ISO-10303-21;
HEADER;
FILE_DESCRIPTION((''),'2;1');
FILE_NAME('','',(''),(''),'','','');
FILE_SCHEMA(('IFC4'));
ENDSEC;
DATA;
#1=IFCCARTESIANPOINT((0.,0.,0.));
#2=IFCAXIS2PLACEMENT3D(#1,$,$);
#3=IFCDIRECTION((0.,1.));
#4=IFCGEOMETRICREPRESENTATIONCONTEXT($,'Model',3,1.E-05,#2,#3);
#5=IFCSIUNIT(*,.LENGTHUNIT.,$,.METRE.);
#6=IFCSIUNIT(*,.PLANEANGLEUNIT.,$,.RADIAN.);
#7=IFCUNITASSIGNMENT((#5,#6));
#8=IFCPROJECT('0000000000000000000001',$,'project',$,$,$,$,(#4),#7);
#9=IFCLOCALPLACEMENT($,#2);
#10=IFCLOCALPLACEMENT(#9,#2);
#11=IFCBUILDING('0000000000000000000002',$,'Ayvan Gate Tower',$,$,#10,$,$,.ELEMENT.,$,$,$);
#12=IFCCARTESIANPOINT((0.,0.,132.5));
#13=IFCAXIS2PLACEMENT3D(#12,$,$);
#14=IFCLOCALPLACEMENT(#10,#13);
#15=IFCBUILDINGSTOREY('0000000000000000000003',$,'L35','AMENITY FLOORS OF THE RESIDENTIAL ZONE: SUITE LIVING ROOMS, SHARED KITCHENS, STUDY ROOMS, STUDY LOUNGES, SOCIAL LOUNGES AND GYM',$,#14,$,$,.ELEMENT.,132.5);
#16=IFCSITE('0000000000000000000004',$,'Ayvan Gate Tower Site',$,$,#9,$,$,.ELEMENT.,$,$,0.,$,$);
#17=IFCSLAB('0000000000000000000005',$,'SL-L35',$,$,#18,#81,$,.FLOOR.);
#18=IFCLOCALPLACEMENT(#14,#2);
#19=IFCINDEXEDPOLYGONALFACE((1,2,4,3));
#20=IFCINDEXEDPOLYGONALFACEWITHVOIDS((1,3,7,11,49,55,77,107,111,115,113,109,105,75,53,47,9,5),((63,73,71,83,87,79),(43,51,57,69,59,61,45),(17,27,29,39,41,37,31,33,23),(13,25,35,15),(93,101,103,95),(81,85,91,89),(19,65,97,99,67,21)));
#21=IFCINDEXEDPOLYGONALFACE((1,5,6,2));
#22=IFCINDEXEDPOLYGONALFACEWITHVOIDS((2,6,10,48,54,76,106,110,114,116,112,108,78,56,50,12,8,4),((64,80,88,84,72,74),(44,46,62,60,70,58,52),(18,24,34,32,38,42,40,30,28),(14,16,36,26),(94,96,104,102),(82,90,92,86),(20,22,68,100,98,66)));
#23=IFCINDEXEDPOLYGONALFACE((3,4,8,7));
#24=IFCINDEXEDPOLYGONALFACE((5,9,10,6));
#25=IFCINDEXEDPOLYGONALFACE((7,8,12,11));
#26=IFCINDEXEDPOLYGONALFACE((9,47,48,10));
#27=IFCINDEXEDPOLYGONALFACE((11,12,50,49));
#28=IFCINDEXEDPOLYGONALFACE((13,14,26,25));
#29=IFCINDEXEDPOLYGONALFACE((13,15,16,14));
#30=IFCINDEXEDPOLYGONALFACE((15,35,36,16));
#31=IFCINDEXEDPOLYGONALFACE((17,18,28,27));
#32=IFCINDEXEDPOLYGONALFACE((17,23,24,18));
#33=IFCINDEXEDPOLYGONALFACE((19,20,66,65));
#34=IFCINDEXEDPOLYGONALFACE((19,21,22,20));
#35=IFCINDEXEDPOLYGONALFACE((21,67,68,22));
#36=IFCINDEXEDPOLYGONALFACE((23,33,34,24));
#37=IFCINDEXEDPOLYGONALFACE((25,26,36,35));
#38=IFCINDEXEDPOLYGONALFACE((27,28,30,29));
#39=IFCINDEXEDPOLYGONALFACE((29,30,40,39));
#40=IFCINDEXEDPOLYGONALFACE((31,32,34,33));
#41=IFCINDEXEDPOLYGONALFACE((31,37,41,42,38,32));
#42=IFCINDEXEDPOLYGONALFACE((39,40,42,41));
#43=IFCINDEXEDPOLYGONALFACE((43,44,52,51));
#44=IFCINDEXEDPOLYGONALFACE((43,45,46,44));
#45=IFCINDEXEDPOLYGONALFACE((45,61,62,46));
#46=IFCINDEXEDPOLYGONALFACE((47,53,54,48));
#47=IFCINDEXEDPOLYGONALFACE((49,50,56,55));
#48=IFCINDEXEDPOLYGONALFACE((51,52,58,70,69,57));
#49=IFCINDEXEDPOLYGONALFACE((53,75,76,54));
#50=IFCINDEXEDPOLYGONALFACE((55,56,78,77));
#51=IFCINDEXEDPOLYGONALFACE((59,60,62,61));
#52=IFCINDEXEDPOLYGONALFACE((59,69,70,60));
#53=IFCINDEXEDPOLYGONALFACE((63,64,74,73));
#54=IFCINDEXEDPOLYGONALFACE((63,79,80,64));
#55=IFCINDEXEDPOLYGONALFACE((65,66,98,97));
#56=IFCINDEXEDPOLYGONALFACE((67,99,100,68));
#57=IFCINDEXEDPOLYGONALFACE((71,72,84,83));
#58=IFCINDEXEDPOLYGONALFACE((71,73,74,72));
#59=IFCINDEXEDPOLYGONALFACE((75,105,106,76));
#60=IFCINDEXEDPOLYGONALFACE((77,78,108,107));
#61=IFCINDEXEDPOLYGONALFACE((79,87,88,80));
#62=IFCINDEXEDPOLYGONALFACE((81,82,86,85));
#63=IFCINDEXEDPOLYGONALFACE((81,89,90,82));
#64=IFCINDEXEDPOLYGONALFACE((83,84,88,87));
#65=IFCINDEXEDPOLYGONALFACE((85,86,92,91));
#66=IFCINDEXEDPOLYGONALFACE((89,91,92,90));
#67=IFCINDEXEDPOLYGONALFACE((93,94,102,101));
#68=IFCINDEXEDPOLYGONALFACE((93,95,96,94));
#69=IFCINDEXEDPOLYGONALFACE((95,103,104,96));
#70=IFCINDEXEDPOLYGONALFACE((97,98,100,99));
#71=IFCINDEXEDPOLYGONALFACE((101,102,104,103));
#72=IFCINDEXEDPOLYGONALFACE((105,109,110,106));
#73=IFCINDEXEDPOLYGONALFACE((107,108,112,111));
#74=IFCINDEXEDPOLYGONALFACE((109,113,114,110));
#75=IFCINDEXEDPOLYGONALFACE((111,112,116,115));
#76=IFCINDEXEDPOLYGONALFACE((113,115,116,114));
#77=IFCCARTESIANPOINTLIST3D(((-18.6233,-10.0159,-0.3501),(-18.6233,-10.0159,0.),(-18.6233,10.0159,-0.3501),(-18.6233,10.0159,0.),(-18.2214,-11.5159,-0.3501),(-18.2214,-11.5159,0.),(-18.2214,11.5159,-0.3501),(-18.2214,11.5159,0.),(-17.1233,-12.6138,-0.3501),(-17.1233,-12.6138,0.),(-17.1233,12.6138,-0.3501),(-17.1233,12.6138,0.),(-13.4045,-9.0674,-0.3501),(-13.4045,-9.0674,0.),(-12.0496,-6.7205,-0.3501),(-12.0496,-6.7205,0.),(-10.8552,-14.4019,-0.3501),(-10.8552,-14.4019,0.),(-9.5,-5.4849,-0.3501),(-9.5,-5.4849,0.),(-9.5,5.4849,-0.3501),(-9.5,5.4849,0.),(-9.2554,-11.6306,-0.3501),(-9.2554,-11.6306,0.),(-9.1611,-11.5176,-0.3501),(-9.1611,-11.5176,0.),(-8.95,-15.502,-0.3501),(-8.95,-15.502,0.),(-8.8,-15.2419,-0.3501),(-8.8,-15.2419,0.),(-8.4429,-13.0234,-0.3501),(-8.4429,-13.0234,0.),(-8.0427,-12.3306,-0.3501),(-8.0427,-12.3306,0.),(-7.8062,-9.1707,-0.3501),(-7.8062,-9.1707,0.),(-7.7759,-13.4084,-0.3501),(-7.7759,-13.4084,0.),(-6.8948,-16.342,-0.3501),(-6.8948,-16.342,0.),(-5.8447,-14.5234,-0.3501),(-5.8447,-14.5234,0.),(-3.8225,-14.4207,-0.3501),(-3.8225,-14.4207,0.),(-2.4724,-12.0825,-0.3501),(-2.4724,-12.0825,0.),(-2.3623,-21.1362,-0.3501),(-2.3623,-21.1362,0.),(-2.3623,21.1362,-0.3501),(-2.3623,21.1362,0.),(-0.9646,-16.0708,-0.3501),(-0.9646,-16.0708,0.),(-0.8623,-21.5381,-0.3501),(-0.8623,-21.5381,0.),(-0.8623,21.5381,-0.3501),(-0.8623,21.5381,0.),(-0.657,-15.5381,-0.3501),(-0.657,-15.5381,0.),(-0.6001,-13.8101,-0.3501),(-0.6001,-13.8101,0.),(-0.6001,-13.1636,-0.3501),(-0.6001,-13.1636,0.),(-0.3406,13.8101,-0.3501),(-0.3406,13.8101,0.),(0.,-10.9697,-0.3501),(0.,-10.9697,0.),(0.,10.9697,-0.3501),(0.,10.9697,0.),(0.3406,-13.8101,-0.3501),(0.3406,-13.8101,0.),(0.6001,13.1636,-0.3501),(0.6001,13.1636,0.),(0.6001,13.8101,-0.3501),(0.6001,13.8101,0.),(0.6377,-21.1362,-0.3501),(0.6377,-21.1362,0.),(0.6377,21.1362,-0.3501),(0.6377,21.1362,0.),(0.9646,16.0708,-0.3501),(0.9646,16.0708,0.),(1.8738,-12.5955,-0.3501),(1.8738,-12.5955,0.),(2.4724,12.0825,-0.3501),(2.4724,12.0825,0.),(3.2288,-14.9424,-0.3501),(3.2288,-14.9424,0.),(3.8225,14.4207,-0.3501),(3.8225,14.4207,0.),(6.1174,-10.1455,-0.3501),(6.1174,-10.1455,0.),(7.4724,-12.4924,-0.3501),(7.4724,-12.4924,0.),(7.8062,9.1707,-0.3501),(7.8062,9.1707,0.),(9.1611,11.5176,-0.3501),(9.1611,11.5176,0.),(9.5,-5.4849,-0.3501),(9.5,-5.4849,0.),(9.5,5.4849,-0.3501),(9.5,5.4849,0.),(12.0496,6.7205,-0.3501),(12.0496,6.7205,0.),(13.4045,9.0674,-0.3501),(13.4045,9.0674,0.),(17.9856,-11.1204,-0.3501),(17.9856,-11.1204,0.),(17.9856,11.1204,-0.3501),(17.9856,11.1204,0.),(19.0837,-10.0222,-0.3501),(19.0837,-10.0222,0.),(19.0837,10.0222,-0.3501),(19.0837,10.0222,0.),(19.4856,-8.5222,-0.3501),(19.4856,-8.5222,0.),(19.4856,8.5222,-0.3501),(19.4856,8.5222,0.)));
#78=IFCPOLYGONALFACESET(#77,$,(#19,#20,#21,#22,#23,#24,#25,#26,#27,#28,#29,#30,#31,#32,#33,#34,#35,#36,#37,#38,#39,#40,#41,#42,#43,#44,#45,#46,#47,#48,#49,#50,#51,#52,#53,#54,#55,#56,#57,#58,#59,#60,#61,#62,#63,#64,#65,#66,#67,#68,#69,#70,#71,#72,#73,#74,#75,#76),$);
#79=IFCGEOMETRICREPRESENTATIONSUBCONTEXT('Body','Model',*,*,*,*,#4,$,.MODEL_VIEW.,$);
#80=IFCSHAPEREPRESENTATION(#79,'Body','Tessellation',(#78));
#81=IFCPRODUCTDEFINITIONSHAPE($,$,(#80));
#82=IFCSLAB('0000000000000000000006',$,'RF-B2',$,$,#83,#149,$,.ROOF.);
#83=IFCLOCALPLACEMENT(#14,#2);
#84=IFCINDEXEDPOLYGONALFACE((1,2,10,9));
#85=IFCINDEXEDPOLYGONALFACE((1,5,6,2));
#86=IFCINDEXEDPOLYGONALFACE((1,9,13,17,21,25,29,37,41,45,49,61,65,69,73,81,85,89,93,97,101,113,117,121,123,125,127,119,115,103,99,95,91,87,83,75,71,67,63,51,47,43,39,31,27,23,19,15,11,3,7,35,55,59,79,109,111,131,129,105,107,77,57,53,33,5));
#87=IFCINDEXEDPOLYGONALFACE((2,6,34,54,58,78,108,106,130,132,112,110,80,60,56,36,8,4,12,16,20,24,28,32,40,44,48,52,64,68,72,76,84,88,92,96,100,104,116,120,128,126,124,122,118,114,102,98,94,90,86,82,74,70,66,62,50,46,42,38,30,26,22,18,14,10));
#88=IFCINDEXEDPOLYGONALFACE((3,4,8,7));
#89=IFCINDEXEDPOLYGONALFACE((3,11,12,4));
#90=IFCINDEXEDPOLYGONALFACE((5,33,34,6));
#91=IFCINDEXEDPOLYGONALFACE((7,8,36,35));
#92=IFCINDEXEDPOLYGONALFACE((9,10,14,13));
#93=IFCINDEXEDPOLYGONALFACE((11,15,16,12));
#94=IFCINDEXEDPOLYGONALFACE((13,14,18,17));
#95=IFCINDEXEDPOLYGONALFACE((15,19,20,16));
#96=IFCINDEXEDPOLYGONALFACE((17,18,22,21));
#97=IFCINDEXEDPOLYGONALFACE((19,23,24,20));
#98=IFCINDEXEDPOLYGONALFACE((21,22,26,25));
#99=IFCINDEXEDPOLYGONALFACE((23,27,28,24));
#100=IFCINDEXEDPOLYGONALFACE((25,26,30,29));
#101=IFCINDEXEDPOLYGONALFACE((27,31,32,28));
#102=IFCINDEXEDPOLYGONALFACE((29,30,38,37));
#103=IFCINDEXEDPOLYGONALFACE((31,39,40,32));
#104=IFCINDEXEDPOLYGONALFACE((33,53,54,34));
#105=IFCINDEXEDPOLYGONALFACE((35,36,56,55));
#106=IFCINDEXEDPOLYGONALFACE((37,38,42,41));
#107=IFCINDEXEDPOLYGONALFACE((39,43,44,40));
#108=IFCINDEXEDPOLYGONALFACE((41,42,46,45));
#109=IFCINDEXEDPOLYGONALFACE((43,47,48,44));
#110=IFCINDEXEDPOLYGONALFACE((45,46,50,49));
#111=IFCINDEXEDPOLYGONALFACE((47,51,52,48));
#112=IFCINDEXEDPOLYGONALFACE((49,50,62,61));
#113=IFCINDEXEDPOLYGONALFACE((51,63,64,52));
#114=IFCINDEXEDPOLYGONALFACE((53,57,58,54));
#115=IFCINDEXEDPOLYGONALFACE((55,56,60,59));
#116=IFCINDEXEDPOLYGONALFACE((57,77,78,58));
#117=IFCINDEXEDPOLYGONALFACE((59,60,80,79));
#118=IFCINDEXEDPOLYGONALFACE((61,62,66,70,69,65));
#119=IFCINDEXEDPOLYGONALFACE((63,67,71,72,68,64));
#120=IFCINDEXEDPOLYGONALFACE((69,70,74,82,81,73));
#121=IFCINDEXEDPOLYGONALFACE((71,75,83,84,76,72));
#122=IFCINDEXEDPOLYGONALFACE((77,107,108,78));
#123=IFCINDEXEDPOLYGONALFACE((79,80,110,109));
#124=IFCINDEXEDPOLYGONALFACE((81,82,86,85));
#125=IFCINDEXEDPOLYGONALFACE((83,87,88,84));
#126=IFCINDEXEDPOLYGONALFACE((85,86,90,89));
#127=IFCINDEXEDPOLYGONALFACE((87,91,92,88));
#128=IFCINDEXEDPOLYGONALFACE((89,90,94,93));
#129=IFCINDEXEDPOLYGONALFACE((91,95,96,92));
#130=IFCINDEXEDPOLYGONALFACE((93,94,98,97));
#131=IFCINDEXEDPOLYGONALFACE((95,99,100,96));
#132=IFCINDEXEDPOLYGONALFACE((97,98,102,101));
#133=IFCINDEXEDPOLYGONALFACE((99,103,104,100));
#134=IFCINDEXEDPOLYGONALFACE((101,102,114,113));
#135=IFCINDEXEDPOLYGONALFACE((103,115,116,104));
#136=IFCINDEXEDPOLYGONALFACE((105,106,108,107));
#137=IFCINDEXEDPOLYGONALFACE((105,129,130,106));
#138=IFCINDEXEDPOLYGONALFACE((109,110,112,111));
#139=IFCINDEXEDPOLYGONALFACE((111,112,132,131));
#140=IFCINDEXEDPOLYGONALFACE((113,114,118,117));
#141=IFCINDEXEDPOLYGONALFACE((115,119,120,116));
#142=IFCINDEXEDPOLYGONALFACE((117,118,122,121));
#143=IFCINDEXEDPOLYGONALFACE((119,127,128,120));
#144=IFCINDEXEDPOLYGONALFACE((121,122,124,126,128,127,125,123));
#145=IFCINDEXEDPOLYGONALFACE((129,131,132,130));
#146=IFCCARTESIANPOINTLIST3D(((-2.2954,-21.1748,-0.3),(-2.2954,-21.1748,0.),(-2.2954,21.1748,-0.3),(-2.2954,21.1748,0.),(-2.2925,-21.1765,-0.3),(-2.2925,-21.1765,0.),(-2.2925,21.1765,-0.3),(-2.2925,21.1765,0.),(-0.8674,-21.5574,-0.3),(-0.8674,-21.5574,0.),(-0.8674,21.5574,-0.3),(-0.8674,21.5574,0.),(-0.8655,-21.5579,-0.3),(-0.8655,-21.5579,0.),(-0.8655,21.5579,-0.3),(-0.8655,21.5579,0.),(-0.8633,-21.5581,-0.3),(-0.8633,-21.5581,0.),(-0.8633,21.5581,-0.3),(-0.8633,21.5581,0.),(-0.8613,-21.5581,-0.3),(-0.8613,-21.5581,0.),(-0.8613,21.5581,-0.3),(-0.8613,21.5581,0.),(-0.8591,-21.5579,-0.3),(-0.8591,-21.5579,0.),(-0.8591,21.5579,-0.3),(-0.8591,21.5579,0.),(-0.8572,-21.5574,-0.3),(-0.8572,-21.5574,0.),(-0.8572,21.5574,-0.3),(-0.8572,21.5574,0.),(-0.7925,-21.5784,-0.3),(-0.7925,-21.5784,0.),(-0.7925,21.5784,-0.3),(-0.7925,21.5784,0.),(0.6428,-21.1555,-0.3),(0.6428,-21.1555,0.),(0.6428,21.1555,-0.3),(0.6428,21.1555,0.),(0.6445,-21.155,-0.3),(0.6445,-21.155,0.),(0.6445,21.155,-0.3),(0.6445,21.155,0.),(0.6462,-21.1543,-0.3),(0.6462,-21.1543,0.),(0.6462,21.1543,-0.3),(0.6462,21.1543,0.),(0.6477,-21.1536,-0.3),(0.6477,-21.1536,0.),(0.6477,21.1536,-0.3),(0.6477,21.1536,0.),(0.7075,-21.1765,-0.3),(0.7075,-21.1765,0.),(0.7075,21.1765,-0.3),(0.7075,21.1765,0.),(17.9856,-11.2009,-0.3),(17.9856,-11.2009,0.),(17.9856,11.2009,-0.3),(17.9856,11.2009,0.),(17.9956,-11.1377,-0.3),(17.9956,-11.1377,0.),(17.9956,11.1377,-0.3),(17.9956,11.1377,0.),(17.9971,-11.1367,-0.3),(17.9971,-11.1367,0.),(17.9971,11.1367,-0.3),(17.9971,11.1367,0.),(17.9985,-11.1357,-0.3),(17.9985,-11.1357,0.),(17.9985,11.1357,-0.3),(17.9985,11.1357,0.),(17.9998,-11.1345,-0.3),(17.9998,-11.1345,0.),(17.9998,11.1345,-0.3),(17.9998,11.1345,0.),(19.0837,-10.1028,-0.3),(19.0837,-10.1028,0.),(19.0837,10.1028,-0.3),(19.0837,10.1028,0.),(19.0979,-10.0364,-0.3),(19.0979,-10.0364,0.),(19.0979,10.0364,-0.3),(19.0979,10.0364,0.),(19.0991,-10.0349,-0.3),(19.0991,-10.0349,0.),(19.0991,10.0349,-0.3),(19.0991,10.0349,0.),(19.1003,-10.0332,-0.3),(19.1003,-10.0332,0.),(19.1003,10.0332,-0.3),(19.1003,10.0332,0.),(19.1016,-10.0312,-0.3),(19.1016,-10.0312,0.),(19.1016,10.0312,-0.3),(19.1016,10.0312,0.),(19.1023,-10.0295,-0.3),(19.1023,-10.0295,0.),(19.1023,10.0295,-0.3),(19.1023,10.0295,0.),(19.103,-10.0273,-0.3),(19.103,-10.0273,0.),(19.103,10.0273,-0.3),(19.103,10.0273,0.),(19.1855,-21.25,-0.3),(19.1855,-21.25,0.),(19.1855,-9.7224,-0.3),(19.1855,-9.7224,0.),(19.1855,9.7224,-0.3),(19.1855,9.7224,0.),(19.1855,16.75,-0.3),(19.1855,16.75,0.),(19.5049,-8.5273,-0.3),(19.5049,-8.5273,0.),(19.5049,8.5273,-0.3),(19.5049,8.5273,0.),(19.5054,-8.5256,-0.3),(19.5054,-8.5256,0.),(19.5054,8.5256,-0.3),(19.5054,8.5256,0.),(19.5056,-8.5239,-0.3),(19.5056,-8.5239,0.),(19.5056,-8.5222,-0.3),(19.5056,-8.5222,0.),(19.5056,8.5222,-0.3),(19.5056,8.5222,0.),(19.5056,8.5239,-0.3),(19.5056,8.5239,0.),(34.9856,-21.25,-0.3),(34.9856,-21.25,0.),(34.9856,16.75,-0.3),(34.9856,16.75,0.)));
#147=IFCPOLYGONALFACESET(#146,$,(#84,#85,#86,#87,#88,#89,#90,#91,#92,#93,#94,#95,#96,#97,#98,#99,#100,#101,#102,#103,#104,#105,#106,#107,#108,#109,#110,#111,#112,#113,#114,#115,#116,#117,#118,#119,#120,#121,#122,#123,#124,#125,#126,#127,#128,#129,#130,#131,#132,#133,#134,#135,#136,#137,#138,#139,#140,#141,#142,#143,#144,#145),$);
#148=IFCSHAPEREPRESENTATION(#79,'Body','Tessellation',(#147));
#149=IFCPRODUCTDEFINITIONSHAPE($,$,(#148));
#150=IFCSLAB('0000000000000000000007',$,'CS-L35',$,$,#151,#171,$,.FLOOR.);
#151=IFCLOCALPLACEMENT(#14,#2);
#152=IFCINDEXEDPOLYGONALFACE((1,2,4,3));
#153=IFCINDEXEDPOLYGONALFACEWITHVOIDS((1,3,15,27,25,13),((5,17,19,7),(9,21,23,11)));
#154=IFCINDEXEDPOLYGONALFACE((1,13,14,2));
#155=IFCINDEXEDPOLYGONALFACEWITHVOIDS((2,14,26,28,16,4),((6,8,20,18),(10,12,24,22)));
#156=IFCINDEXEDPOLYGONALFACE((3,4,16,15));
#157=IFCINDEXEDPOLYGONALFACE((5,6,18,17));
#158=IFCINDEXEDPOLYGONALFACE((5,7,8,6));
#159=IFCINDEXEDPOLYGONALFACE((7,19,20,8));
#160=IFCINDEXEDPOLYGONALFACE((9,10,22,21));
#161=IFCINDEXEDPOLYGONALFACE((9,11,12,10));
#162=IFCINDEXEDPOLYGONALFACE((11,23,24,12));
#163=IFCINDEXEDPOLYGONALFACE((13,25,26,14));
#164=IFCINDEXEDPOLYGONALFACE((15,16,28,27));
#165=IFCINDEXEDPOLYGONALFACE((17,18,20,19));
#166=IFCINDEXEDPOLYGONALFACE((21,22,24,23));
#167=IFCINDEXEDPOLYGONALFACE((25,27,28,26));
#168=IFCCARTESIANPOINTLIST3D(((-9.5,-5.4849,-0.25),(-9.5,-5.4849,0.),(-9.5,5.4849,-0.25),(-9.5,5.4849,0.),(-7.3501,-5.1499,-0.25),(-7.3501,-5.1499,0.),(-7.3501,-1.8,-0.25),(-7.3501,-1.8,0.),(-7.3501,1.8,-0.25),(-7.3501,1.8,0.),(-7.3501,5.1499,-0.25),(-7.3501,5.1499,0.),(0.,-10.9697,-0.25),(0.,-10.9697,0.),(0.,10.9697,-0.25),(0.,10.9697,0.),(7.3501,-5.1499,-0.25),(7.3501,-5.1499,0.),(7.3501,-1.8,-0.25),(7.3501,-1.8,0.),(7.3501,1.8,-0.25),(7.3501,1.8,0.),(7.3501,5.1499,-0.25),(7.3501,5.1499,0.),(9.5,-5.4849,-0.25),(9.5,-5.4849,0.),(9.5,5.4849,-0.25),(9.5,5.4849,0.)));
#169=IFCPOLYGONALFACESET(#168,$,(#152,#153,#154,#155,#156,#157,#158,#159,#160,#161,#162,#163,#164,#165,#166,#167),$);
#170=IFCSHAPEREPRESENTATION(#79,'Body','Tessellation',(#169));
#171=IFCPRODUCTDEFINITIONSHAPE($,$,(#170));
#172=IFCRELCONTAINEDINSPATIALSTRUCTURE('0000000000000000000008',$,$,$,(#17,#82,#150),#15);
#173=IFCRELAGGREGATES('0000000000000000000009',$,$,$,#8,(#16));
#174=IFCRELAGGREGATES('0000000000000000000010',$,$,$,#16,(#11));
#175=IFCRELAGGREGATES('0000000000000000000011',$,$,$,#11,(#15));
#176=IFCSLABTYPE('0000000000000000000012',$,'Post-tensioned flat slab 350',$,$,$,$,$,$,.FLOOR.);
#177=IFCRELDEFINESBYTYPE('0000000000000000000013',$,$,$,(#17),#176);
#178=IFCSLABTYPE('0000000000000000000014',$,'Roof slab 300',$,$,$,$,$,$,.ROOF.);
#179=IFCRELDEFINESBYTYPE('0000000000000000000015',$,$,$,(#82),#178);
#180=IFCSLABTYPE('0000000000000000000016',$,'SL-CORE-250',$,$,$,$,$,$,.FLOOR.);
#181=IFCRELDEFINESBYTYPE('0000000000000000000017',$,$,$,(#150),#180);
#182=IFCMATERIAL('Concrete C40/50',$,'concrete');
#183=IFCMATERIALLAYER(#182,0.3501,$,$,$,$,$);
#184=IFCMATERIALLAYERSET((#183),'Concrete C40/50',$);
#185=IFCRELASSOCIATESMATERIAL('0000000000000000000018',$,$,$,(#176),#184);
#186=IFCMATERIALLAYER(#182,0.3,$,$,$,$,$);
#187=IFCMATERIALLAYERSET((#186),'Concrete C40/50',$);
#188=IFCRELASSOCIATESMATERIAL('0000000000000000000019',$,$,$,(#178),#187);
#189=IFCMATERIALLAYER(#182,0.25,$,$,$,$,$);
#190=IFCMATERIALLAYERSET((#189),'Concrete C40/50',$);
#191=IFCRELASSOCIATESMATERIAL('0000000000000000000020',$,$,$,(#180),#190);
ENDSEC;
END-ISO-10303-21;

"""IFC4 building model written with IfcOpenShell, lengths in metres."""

from ifc_helpers import new_model, si_unit, direction, frame, origin, place, context, subcontext, project, spatial, polyline, outline, extrude, material, layer, layer_set, type_object, element, save


model = new_model("IFC4")

# Units and contexts
model_context = context("Model", 3, precision=1e-05, world=origin(), true_north=direction((0.0, 1.0)))
body_context = subcontext(model_context, "Body", "Model", "MODEL_VIEW")
ifc_project = project(units=[si_unit("LENGTHUNIT", "METRE"), si_unit("PLANEANGLEUNIT", "RADIAN")], contexts=[model_context])

# Site, building, storey
site_placement = place(None, origin())
site = spatial("IfcSite", under=ifc_project, at=site_placement, Name="Ayvan Gate Tower Site", CompositionType="ELEMENT", RefElevation=0.0)
building_placement = place(site_placement, origin())
building = spatial("IfcBuilding", under=site, at=building_placement, Name="Ayvan Gate Tower", CompositionType="ELEMENT")
storey_placement = place(building_placement, frame((0.0, 0.0, 132.5)))
storey = spatial("IfcBuildingStorey", under=building, at=storey_placement, Name="L35", Description="AMENITY FLOORS OF THE RESIDENTIAL ZONE: SUITE LIVING ROOMS, SHARED KITCHENS, STUDY ROOMS, STUDY LOUNGES, SOCIAL LOUNGES AND GYM", CompositionType="ELEMENT", Elevation=132.5)

# Slabs
ifc_material_1 = material(Name="Concrete C40/50", Category="concrete")
ifc_layer_1 = layer(ifc_material_1, 0.3501)
ifc_layer_set_1 = layer_set([ifc_layer_1], Name="Concrete C40/50")
slab_type_1 = type_object("IfcSlabType", Name="Post-tensioned flat slab 350", PredefinedType="FLOOR", material=ifc_layer_set_1)
slab_1_placement = place(storey_placement, frame((0.0, 0.0, -0.3501)))
element("IfcSlab", 1, at=slab_1_placement, inside=storey, type_object=slab_type_1, Name="SL-L35", PredefinedType="FLOOR", context=body_context, shape_type="SweptSolid", body=[
    extrude(outline(polyline([(-0.8623, -21.5381), (-2.3623, -21.1362), (-17.1233, -12.6138), (-18.2214, -11.5159), (-18.6233, -10.0159), (-18.6233, 10.0159), (-18.2214, 11.5159), (-17.1233, 12.6138), (-2.3623, 21.1362), (-0.8623, 21.5381), (0.6377, 21.1362), (17.9856, 11.1204), (19.0837, 10.0222), (19.4856, 8.5222), (19.4856, -8.5222), (19.0837, -10.0222), (17.9856, -11.1204), (0.6377, -21.1362), (-0.8623, -21.5381)]), holes=[polyline([(13.4045, 9.0674), (9.1611, 11.5176), (7.8062, 9.1707), (12.0496, 6.7205), (13.4045, 9.0674)]), polyline([(0.0, 10.9697), (-9.5, 5.4849), (-9.5, -5.4849), (0.0, -10.9697), (9.5, -5.4849), (9.5, 5.4849), (0.0, 10.9697)]), polyline([(3.2288, -14.9424), (7.4724, -12.4924), (6.1174, -10.1455), (1.8738, -12.5955), (3.2288, -14.9424)]), polyline([(2.4724, 12.0825), (3.8225, 14.4207), (0.9646, 16.0708), (-0.3406, 13.8101), (0.6001, 13.8101), (0.6001, 13.1636), (2.4724, 12.0825)]), polyline([(0.3406, -13.8101), (-0.6001, -13.8101), (-0.6001, -13.1636), (-2.4724, -12.0825), (-3.8225, -14.4207), (-0.9646, -16.0708), (-0.657, -15.5381), (0.3406, -13.8101)]), polyline([(-8.8, -15.2419), (-6.8948, -16.342), (-5.8447, -14.5234), (-7.7759, -13.4084), (-8.4429, -13.0234), (-8.0427, -12.3306), (-9.2554, -11.6306), (-10.8552, -14.4019), (-8.95, -15.502), (-8.8, -15.2419)]), polyline([(-7.8062, -9.1707), (-12.0496, -6.7205), (-13.4045, -9.0674), (-9.1611, -11.5176), (-7.8062, -9.1707)])]), origin(), (0.0, 0.0, 1.0), 0.3501),
])
ifc_layer_2 = layer(ifc_material_1, 0.3)
ifc_layer_set_2 = layer_set([ifc_layer_2], Name="Concrete C40/50")
slab_type_2 = type_object("IfcSlabType", Name="Roof slab 300", PredefinedType="ROOF", material=ifc_layer_set_2)
slab_2_placement = place(storey_placement, frame((0.0, 0.0, -0.3)))
element("IfcSlab", 2, at=slab_2_placement, inside=storey, type_object=slab_type_2, Name="RF-B2", PredefinedType="ROOF", context=body_context, shape_type="SweptSolid", body=[
    extrude(outline(polyline([(34.9856, 16.75), (34.9856, -21.25), (19.1855, -21.25), (19.1855, -9.7224), (19.0837, -10.1028), (17.9856, -11.2009), (0.7075, -21.1765), (-0.7925, -21.5784), (-2.2925, -21.1765), (-2.2954, -21.1748), (-0.8674, -21.5574), (-0.8655, -21.5579), (-0.8633, -21.5581), (-0.8613, -21.5581), (-0.8591, -21.5579), (-0.8572, -21.5574), (0.6428, -21.1555), (0.6445, -21.155), (0.6462, -21.1543), (0.6477, -21.1536), (17.9956, -11.1377), (17.9971, -11.1367), (17.9985, -11.1357), (17.9998, -11.1345), (19.0979, -10.0364), (19.0991, -10.0349), (19.1003, -10.0332), (19.1016, -10.0312), (19.1023, -10.0295), (19.103, -10.0273), (19.5049, -8.5273), (19.5054, -8.5256), (19.5056, -8.5239), (19.5056, -8.5222), (19.5056, 8.5222), (19.5056, 8.5239), (19.5054, 8.5256), (19.5049, 8.5273), (19.103, 10.0273), (19.1023, 10.0295), (19.1016, 10.0312), (19.1003, 10.0332), (19.0991, 10.0349), (19.0979, 10.0364), (17.9998, 11.1345), (17.9985, 11.1357), (17.9971, 11.1367), (17.9956, 11.1377), (0.6477, 21.1536), (0.6462, 21.1543), (0.6445, 21.155), (0.6428, 21.1555), (-0.8572, 21.5574), (-0.8591, 21.5579), (-0.8613, 21.5581), (-0.8633, 21.5581), (-0.8655, 21.5579), (-0.8674, 21.5574), (-2.2954, 21.1748), (-2.2925, 21.1765), (-0.7925, 21.5784), (0.7075, 21.1765), (17.9856, 11.2009), (19.0837, 10.1028), (19.1855, 9.7224), (19.1855, 16.75), (34.9856, 16.75)])), origin(), (0.0, 0.0, 1.0), 0.3),
])
ifc_layer_3 = layer(ifc_material_1, 0.25)
ifc_layer_set_3 = layer_set([ifc_layer_3], Name="Concrete C40/50")
slab_type_3 = type_object("IfcSlabType", Name="SL-CORE-250", PredefinedType="FLOOR", material=ifc_layer_set_3)
slab_3_placement = place(storey_placement, frame((0.0, 0.0, -0.25)))
element("IfcSlab", 3, at=slab_3_placement, inside=storey, type_object=slab_type_3, Name="CS-L35", PredefinedType="FLOOR", context=body_context, shape_type="SweptSolid", body=[
    extrude(outline(polyline([(9.5, -5.4849), (0.0, -10.9697), (-9.5, -5.4849), (-9.5, 5.4849), (0.0, 10.9697), (9.5, 5.4849), (9.5, -5.4849)]), holes=[polyline([(-7.3501, -1.8), (-7.3501, -5.1499), (7.3501, -5.1499), (7.3501, -1.8), (-7.3501, -1.8)]), polyline([(-7.3501, 5.1499), (-7.3501, 1.8), (7.3501, 1.8), (7.3501, 5.1499), (-7.3501, 5.1499)])]), origin(), (0.0, 0.0, 1.0), 0.25),
])

save(model, "model.ifc")
